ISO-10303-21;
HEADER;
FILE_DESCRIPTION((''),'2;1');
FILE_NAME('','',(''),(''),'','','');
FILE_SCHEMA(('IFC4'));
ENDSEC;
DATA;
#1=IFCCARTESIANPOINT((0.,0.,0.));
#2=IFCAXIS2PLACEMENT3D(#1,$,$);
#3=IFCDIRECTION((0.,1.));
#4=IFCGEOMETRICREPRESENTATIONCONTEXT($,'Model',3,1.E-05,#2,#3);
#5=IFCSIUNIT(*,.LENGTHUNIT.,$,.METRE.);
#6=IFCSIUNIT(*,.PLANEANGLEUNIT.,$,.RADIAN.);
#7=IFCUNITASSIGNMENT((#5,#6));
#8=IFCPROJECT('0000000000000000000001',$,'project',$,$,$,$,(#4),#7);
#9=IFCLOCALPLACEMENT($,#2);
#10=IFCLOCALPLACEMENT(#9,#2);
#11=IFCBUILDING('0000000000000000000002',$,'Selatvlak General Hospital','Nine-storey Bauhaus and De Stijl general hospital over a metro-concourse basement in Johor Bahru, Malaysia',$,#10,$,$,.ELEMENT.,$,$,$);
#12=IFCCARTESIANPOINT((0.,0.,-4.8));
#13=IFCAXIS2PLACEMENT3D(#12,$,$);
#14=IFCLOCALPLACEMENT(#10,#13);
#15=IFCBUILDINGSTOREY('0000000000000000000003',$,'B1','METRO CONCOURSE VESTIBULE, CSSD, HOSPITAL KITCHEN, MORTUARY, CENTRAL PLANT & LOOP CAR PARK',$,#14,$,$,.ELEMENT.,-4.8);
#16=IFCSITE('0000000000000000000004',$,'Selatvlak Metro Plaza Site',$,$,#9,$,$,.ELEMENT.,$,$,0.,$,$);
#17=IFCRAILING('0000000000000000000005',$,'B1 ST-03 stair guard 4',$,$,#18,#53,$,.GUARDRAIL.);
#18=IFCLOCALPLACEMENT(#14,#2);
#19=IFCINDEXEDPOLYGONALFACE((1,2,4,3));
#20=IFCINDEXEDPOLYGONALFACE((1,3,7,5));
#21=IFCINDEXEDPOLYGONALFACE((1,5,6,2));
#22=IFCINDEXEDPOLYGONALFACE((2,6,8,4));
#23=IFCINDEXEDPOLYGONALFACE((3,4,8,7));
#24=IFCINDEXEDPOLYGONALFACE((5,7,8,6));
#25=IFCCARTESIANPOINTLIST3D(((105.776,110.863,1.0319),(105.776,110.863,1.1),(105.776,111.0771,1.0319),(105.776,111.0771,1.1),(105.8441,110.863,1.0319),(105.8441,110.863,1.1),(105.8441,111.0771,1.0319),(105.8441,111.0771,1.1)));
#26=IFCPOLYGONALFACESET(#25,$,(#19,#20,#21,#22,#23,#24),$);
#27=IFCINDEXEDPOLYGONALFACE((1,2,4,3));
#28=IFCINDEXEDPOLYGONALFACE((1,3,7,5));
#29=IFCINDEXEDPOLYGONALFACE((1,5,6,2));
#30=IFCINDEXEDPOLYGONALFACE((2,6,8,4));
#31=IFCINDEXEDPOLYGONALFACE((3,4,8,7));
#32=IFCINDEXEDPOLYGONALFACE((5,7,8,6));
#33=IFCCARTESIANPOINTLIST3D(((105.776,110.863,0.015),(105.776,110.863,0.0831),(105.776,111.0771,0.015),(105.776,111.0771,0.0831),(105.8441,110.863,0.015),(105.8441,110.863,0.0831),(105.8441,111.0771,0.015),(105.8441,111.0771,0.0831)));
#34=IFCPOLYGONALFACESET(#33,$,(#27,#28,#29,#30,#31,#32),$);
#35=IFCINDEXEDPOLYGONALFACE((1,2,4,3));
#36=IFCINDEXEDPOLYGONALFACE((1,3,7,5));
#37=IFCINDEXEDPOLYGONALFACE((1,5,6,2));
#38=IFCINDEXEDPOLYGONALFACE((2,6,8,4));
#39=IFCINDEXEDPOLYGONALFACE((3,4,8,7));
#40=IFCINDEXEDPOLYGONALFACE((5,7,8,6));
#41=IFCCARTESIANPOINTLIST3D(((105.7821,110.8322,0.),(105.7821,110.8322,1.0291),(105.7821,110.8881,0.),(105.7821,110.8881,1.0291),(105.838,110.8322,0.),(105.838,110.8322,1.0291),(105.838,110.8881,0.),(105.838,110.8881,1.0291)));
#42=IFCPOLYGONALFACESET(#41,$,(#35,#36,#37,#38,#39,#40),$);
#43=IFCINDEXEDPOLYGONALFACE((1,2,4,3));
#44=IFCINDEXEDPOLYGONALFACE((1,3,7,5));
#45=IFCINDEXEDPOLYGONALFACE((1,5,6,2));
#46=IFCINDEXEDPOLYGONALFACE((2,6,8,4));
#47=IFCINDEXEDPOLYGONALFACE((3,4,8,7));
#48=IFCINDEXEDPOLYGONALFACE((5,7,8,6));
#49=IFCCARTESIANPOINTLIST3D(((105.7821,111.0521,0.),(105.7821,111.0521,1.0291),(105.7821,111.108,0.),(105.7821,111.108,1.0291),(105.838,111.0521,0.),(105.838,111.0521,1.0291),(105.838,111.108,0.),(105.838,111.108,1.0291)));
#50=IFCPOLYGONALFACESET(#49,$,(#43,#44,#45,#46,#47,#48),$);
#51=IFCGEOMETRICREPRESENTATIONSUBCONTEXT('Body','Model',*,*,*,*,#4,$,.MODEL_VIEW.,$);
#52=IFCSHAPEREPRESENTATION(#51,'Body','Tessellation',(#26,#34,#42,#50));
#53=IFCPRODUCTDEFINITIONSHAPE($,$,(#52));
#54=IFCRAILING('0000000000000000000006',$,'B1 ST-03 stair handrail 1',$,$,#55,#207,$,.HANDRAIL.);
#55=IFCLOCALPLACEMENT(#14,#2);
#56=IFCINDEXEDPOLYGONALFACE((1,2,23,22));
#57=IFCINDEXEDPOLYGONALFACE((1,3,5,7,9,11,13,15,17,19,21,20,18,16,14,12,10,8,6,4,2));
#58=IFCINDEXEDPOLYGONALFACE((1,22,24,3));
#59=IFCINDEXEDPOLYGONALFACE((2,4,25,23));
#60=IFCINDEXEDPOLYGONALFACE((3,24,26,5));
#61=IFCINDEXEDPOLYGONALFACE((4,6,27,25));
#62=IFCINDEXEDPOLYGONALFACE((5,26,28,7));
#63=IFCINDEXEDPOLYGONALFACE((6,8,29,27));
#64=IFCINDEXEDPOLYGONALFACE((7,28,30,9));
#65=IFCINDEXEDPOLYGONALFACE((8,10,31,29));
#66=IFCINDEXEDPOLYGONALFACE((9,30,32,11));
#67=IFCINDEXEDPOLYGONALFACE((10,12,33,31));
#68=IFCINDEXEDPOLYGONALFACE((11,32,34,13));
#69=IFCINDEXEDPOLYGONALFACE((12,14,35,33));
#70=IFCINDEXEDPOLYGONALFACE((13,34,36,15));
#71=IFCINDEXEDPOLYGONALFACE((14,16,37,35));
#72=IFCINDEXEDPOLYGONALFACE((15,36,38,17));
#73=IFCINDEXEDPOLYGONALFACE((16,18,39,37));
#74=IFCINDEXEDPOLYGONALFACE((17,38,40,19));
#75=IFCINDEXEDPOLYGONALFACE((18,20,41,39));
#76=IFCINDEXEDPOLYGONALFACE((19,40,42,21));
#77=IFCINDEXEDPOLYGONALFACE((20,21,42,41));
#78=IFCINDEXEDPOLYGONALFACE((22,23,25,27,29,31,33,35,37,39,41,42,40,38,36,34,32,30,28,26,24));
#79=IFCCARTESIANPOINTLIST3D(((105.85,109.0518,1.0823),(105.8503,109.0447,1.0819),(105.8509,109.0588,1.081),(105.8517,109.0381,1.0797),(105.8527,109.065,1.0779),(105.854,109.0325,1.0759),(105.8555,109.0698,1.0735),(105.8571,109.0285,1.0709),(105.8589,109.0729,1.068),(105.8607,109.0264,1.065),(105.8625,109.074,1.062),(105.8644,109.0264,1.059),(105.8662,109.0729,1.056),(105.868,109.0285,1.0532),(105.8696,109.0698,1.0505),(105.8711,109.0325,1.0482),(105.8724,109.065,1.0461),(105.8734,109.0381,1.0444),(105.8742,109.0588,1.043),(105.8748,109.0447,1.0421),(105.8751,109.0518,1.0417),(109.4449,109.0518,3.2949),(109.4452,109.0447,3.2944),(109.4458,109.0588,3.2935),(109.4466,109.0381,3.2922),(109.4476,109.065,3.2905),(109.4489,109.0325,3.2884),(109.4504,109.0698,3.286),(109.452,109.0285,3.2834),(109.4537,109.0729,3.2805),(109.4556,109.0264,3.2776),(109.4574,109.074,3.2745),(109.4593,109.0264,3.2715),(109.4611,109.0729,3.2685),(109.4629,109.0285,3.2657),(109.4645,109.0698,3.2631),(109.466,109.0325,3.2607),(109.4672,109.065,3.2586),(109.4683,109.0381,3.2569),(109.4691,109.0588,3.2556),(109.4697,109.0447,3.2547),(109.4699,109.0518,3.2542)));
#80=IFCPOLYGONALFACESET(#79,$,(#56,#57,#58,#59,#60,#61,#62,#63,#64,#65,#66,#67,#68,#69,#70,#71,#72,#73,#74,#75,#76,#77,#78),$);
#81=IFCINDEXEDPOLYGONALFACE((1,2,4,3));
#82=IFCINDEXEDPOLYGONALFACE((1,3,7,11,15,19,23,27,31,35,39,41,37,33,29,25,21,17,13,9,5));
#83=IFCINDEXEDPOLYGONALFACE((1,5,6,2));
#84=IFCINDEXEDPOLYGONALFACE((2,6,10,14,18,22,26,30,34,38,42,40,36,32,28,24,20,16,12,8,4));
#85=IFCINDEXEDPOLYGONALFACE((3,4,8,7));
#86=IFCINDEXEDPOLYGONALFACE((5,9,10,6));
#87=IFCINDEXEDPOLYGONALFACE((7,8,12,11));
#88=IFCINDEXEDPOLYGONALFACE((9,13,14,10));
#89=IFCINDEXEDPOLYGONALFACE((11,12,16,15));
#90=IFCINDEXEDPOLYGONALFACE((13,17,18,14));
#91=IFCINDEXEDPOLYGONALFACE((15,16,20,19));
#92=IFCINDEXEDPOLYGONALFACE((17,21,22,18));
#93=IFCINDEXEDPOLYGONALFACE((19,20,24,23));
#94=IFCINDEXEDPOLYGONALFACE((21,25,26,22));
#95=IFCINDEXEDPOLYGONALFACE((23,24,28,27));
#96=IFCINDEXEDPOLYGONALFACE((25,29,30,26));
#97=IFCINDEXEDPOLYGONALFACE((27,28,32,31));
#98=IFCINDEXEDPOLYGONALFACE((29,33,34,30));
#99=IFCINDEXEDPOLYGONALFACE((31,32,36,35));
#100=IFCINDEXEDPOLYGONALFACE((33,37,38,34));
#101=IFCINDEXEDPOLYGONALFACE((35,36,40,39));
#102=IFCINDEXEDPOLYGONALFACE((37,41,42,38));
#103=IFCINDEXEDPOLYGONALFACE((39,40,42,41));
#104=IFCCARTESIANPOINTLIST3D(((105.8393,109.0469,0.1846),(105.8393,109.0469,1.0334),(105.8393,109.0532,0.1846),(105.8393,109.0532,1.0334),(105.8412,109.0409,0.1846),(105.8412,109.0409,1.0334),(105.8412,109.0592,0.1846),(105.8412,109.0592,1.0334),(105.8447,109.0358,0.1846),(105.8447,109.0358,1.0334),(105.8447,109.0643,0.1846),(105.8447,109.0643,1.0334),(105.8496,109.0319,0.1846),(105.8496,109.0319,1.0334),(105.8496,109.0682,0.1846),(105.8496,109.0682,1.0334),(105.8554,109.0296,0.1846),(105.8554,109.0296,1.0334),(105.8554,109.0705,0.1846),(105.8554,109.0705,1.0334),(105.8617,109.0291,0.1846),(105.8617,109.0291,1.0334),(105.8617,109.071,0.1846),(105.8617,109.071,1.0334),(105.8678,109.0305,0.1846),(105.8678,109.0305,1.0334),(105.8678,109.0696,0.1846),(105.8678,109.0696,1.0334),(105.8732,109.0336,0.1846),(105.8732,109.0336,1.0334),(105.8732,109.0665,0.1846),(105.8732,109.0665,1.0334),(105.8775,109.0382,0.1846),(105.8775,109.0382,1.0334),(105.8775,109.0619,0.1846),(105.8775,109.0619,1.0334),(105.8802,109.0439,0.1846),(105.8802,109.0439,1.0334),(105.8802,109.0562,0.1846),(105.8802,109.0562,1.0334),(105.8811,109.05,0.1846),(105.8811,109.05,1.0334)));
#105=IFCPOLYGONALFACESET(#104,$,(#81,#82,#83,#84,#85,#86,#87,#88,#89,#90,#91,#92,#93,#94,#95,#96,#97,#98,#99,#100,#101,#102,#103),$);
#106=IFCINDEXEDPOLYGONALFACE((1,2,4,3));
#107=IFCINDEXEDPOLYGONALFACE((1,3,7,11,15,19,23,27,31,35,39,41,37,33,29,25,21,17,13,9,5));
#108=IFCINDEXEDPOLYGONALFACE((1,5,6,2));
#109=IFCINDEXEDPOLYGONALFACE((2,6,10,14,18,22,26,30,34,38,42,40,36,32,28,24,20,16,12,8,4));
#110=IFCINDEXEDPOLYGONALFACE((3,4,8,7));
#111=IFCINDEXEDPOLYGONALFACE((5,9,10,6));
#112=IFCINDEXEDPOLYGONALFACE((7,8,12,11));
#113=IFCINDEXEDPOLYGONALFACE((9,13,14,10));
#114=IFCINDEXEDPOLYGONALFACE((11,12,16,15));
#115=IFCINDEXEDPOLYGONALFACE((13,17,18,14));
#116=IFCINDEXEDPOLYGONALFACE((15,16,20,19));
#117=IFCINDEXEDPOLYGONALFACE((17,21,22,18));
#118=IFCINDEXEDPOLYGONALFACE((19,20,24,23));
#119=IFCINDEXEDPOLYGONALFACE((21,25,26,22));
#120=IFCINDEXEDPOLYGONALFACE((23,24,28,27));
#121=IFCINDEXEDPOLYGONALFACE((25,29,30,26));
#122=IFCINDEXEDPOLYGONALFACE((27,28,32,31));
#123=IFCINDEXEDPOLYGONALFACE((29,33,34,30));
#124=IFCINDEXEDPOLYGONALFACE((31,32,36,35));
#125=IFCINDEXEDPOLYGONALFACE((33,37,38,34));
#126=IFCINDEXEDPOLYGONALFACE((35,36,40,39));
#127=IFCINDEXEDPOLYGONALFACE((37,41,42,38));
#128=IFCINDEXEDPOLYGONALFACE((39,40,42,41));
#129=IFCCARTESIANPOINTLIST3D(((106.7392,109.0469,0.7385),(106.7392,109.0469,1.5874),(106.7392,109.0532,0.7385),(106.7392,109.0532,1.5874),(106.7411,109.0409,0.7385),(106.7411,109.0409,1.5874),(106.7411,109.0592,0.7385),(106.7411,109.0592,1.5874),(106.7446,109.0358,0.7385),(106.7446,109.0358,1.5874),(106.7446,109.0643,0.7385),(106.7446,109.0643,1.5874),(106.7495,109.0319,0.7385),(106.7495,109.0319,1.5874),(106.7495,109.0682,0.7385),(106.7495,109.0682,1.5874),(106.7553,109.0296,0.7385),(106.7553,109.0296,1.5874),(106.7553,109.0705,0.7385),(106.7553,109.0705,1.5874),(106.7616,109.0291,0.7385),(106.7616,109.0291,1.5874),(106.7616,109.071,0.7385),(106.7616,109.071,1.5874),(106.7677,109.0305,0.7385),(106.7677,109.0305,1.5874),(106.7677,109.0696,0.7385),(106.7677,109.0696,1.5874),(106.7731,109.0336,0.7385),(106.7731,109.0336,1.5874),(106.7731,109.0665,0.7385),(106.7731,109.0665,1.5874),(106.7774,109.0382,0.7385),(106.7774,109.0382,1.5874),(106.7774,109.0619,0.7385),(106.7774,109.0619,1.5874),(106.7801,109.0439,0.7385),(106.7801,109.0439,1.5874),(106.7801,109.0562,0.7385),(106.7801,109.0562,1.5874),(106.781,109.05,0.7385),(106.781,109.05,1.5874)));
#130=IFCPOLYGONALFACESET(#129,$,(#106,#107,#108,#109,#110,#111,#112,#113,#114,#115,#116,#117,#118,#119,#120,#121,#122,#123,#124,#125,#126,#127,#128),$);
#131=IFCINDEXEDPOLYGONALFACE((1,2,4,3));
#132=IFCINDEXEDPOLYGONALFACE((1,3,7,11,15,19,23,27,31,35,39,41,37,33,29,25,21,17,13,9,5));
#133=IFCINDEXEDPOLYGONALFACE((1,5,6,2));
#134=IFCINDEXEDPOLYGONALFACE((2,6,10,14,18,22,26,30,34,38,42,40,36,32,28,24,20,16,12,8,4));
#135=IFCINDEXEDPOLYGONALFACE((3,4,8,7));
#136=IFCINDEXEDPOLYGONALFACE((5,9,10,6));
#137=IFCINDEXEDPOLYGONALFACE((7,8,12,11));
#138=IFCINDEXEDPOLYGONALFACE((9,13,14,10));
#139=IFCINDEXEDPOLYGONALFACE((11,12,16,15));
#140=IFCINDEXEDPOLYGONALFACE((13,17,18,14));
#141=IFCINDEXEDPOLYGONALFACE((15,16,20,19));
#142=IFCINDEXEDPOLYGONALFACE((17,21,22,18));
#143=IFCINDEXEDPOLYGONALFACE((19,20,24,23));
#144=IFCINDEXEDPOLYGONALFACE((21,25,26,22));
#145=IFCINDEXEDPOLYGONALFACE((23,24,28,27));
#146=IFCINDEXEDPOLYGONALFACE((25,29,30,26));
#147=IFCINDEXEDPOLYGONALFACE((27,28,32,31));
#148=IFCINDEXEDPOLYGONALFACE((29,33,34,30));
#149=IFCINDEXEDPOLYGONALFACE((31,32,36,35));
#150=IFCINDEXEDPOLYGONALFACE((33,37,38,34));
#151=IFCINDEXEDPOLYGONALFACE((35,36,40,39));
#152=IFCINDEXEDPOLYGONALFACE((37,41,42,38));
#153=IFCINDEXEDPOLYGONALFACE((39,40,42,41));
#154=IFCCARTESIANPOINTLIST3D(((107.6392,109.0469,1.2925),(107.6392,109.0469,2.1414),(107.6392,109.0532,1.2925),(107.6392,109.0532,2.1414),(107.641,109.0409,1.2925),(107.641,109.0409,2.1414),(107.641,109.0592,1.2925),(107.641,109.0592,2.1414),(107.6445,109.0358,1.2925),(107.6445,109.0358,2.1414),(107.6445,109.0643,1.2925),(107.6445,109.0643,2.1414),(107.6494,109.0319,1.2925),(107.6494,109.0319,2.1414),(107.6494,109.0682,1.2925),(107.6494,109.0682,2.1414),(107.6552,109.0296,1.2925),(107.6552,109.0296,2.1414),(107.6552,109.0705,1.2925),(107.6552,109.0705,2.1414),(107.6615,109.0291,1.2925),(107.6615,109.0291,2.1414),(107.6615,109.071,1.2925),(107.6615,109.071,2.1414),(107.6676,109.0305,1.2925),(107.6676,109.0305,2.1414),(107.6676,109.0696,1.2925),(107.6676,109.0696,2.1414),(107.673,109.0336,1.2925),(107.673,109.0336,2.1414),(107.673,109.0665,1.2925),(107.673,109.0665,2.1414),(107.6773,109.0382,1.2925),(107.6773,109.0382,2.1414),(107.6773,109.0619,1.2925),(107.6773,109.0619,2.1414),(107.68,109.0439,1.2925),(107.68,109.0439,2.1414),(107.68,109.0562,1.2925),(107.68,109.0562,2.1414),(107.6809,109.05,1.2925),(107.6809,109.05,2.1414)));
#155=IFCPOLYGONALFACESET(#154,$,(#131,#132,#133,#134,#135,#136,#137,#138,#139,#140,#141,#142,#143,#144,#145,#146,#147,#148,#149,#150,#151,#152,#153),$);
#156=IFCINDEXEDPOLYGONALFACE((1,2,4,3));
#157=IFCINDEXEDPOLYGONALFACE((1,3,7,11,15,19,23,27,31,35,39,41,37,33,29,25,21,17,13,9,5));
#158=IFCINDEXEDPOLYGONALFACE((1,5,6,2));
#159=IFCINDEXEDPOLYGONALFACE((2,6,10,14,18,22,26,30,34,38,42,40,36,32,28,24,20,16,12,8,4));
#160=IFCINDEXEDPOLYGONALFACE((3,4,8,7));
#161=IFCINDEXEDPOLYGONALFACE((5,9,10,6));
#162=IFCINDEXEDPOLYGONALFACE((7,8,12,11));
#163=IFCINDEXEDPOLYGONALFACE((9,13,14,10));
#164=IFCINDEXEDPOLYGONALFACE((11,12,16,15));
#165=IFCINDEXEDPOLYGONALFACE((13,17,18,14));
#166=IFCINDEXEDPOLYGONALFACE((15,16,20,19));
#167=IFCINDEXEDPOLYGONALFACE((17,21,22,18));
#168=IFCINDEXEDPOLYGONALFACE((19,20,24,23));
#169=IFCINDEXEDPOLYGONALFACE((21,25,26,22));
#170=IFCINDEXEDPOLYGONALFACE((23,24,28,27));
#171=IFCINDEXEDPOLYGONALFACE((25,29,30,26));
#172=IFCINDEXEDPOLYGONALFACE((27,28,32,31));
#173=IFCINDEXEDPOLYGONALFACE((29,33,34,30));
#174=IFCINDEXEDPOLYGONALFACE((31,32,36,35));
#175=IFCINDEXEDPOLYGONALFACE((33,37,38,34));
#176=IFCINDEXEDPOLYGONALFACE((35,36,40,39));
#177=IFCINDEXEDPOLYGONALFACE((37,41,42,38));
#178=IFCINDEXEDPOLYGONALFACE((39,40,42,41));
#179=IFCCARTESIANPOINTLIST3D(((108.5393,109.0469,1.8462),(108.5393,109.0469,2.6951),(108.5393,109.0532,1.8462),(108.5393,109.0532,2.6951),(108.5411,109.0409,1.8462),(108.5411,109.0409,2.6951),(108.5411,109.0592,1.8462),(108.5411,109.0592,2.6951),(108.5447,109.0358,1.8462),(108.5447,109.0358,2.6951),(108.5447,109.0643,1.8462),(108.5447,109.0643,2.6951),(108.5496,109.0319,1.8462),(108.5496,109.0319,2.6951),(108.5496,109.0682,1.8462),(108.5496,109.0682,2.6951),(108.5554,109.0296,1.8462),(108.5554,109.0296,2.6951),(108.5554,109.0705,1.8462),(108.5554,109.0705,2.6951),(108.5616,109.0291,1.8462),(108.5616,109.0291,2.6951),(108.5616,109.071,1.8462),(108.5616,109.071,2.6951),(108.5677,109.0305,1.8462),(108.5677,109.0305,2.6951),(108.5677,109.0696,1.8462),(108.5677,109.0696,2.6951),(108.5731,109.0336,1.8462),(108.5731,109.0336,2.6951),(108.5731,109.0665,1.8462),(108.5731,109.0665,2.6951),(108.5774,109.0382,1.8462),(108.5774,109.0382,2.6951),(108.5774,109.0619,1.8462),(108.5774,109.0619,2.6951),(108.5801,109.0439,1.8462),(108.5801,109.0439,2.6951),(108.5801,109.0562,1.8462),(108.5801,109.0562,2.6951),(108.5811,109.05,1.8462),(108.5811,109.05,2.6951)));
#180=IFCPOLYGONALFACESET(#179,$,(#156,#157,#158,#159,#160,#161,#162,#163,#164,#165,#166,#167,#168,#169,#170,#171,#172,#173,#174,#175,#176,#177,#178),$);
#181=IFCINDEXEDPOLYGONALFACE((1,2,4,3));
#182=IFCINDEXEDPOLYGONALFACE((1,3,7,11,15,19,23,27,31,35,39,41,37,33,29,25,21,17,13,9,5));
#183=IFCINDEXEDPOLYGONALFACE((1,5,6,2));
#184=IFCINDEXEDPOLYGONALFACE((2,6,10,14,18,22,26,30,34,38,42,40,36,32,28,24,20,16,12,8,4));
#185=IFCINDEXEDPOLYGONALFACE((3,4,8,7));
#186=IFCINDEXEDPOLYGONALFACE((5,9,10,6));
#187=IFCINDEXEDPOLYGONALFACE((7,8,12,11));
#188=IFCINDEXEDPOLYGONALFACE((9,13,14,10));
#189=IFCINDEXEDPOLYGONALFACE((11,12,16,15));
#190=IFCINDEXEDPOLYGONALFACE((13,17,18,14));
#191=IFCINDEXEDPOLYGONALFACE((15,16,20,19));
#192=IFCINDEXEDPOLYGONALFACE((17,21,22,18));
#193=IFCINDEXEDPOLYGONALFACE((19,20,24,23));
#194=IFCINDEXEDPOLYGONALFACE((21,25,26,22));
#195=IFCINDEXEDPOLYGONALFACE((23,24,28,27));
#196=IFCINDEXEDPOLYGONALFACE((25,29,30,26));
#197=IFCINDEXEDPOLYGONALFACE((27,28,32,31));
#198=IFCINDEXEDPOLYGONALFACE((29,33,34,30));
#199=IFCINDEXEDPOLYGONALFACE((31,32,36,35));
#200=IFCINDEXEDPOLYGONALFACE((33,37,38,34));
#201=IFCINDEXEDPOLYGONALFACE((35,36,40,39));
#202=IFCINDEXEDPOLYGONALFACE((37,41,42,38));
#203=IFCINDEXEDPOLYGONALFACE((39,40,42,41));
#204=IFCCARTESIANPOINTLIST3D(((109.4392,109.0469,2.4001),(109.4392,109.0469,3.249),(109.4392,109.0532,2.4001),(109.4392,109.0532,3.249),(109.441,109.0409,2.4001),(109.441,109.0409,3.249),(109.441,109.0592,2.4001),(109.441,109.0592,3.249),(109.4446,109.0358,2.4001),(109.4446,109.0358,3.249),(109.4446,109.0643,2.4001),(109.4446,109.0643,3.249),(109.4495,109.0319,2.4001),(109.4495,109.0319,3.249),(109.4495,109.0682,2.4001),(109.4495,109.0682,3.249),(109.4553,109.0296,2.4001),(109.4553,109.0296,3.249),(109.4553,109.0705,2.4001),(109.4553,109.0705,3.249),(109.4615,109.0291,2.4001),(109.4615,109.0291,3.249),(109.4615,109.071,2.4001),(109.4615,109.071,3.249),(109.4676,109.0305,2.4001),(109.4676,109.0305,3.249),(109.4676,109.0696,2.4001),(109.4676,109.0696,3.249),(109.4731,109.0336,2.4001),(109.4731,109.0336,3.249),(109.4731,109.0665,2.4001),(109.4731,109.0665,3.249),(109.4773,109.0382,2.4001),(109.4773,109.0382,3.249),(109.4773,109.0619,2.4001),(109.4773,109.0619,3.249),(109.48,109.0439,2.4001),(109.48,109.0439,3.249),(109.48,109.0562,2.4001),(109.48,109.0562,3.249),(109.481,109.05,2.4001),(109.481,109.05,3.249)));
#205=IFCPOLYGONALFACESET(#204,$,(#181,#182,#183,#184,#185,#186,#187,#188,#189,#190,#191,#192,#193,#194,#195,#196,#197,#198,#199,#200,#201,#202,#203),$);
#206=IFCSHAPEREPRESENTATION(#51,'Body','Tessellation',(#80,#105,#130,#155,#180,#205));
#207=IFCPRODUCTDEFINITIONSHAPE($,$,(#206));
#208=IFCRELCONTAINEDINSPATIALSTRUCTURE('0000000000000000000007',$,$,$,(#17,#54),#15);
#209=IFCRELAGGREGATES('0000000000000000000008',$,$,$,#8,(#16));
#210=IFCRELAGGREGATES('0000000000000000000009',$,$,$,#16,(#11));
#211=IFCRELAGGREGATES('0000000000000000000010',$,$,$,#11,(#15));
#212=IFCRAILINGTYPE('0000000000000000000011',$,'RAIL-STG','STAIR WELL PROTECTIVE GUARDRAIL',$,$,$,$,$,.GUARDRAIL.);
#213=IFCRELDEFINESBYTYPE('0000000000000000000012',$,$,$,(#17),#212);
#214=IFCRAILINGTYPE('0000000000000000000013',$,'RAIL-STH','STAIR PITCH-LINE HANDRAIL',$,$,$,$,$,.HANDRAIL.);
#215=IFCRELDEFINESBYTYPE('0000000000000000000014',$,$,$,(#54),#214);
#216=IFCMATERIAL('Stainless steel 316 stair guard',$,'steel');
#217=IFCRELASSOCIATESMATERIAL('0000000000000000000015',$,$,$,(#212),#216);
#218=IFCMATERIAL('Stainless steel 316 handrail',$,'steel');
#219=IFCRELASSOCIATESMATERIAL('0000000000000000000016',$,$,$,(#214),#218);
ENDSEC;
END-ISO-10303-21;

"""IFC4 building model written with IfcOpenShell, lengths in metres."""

from ifc_helpers import new_model, si_unit, direction, frame, origin, origin_2d, place, context, subcontext, project, spatial, rectangle, circle, extrude, material, type_object, element, save


model = new_model("IFC4")

# Units and contexts
model_context = context("Model", 3, precision=1e-05, world=origin(), true_north=direction((0.0, 1.0)))
body_context = subcontext(model_context, "Body", "Model", "MODEL_VIEW")
ifc_project = project(units=[si_unit("LENGTHUNIT", "METRE"), si_unit("PLANEANGLEUNIT", "RADIAN")], contexts=[model_context])

# Site, building, storey
site_placement = place(None, origin())
site = spatial("IfcSite", under=ifc_project, at=site_placement, Name="Selatvlak Metro Plaza Site", CompositionType="ELEMENT", RefElevation=0.0)
building_placement = place(site_placement, origin())
building = spatial("IfcBuilding", under=site, at=building_placement, Name="Selatvlak General Hospital", Description="Nine-storey Bauhaus and De Stijl general hospital over a metro-concourse basement in Johor Bahru, Malaysia", CompositionType="ELEMENT")
storey_placement = place(building_placement, frame((0.0, 0.0, -4.8)))
storey = spatial("IfcBuildingStorey", under=building, at=storey_placement, Name="B1", Description="METRO CONCOURSE VESTIBULE, CSSD, HOSPITAL KITCHEN, MORTUARY, CENTRAL PLANT & LOOP CAR PARK", CompositionType="ELEMENT", Elevation=-4.8)

# Railings
ifc_material_1 = material(Name="Stainless steel 316 stair guard", Category="steel")
railing_type_1 = type_object("IfcRailingType", Name="RAIL-STG", Description="STAIR WELL PROTECTIVE GUARDRAIL", PredefinedType="GUARDRAIL", material=ifc_material_1)
railing_1_placement = place(storey_placement, frame((105.8101, 110.8601, 0.0)))
element("IfcRailing", 1, at=railing_1_placement, inside=storey, type_object=railing_type_1, Name="B1 ST-03 stair guard 4", PredefinedType="GUARDRAIL", context=body_context, shape_type="SweptSolid", body=[
    extrude(rectangle(XDim=0.0681, YDim=0.0681, at=origin_2d()), frame((0.0, 0.0029, 1.0659), z_axis=(0.0, 1.0, 0.0), x_axis=(-1.0, 0.0, 0.0)), (0.0, 0.0, 1.0), 0.2141),
    extrude(rectangle(XDim=0.0681, YDim=0.0681, at=origin_2d()), frame((0.0, 0.0029, 0.0491), z_axis=(0.0, 1.0, 0.0), x_axis=(-1.0, 0.0, 0.0)), (0.0, 0.0, 1.0), 0.2141),
    extrude(rectangle(XDim=0.0559, YDim=0.0559, at=origin_2d()), origin(), (0.0, 0.0, 1.0), 1.0291),
    extrude(rectangle(XDim=0.0559, YDim=0.0559, at=origin_2d()), frame((0.0, 0.22, 0.0)), (0.0, 0.0, 1.0), 1.0291),
])
ifc_material_2 = material(Name="Stainless steel 316 handrail", Category="steel")
railing_type_2 = type_object("IfcRailingType", Name="RAIL-STH", Description="STAIR PITCH-LINE HANDRAIL", PredefinedType="HANDRAIL", material=ifc_material_2)
railing_2_placement = place(storey_placement, frame((105.8601, 109.05, 0.1846)))
element("IfcRailing", 2, at=railing_2_placement, inside=storey, type_object=railing_type_2, Name="B1 ST-03 stair handrail 1", PredefinedType="HANDRAIL", context=body_context, shape_type="SweptSolid", body=[
    extrude(circle(Radius=0.0239, at=origin_2d()), frame((0.0024, 0.0, 0.8774), z_axis=(0.851629, 0.0, 0.524146), x_axis=(0.0, 1.0, 0.0)), (0.0, 0.0, 1.0), 4.2212),
    extrude(circle(Radius=0.021, at=origin_2d()), origin(), (0.0, 0.0, 1.0), 0.8489),
    extrude(circle(Radius=0.021, at=origin_2d()), frame((0.8999, 0.0, 0.554)), (0.0, 0.0, 1.0), 0.8489),
    extrude(circle(Radius=0.021, at=origin_2d()), frame((1.7998, 0.0, 1.1079)), (0.0, 0.0, 1.0), 0.8489),
    extrude(circle(Radius=0.021, at=origin_2d()), frame((2.7, 0.0, 1.6616)), (0.0, 0.0, 1.0), 0.8489),
    extrude(circle(Radius=0.021, at=origin_2d()), frame((3.5999, 0.0, 2.2156)), (0.0, 0.0, 1.0), 0.8489),
])

save(model, "model.ifc")
